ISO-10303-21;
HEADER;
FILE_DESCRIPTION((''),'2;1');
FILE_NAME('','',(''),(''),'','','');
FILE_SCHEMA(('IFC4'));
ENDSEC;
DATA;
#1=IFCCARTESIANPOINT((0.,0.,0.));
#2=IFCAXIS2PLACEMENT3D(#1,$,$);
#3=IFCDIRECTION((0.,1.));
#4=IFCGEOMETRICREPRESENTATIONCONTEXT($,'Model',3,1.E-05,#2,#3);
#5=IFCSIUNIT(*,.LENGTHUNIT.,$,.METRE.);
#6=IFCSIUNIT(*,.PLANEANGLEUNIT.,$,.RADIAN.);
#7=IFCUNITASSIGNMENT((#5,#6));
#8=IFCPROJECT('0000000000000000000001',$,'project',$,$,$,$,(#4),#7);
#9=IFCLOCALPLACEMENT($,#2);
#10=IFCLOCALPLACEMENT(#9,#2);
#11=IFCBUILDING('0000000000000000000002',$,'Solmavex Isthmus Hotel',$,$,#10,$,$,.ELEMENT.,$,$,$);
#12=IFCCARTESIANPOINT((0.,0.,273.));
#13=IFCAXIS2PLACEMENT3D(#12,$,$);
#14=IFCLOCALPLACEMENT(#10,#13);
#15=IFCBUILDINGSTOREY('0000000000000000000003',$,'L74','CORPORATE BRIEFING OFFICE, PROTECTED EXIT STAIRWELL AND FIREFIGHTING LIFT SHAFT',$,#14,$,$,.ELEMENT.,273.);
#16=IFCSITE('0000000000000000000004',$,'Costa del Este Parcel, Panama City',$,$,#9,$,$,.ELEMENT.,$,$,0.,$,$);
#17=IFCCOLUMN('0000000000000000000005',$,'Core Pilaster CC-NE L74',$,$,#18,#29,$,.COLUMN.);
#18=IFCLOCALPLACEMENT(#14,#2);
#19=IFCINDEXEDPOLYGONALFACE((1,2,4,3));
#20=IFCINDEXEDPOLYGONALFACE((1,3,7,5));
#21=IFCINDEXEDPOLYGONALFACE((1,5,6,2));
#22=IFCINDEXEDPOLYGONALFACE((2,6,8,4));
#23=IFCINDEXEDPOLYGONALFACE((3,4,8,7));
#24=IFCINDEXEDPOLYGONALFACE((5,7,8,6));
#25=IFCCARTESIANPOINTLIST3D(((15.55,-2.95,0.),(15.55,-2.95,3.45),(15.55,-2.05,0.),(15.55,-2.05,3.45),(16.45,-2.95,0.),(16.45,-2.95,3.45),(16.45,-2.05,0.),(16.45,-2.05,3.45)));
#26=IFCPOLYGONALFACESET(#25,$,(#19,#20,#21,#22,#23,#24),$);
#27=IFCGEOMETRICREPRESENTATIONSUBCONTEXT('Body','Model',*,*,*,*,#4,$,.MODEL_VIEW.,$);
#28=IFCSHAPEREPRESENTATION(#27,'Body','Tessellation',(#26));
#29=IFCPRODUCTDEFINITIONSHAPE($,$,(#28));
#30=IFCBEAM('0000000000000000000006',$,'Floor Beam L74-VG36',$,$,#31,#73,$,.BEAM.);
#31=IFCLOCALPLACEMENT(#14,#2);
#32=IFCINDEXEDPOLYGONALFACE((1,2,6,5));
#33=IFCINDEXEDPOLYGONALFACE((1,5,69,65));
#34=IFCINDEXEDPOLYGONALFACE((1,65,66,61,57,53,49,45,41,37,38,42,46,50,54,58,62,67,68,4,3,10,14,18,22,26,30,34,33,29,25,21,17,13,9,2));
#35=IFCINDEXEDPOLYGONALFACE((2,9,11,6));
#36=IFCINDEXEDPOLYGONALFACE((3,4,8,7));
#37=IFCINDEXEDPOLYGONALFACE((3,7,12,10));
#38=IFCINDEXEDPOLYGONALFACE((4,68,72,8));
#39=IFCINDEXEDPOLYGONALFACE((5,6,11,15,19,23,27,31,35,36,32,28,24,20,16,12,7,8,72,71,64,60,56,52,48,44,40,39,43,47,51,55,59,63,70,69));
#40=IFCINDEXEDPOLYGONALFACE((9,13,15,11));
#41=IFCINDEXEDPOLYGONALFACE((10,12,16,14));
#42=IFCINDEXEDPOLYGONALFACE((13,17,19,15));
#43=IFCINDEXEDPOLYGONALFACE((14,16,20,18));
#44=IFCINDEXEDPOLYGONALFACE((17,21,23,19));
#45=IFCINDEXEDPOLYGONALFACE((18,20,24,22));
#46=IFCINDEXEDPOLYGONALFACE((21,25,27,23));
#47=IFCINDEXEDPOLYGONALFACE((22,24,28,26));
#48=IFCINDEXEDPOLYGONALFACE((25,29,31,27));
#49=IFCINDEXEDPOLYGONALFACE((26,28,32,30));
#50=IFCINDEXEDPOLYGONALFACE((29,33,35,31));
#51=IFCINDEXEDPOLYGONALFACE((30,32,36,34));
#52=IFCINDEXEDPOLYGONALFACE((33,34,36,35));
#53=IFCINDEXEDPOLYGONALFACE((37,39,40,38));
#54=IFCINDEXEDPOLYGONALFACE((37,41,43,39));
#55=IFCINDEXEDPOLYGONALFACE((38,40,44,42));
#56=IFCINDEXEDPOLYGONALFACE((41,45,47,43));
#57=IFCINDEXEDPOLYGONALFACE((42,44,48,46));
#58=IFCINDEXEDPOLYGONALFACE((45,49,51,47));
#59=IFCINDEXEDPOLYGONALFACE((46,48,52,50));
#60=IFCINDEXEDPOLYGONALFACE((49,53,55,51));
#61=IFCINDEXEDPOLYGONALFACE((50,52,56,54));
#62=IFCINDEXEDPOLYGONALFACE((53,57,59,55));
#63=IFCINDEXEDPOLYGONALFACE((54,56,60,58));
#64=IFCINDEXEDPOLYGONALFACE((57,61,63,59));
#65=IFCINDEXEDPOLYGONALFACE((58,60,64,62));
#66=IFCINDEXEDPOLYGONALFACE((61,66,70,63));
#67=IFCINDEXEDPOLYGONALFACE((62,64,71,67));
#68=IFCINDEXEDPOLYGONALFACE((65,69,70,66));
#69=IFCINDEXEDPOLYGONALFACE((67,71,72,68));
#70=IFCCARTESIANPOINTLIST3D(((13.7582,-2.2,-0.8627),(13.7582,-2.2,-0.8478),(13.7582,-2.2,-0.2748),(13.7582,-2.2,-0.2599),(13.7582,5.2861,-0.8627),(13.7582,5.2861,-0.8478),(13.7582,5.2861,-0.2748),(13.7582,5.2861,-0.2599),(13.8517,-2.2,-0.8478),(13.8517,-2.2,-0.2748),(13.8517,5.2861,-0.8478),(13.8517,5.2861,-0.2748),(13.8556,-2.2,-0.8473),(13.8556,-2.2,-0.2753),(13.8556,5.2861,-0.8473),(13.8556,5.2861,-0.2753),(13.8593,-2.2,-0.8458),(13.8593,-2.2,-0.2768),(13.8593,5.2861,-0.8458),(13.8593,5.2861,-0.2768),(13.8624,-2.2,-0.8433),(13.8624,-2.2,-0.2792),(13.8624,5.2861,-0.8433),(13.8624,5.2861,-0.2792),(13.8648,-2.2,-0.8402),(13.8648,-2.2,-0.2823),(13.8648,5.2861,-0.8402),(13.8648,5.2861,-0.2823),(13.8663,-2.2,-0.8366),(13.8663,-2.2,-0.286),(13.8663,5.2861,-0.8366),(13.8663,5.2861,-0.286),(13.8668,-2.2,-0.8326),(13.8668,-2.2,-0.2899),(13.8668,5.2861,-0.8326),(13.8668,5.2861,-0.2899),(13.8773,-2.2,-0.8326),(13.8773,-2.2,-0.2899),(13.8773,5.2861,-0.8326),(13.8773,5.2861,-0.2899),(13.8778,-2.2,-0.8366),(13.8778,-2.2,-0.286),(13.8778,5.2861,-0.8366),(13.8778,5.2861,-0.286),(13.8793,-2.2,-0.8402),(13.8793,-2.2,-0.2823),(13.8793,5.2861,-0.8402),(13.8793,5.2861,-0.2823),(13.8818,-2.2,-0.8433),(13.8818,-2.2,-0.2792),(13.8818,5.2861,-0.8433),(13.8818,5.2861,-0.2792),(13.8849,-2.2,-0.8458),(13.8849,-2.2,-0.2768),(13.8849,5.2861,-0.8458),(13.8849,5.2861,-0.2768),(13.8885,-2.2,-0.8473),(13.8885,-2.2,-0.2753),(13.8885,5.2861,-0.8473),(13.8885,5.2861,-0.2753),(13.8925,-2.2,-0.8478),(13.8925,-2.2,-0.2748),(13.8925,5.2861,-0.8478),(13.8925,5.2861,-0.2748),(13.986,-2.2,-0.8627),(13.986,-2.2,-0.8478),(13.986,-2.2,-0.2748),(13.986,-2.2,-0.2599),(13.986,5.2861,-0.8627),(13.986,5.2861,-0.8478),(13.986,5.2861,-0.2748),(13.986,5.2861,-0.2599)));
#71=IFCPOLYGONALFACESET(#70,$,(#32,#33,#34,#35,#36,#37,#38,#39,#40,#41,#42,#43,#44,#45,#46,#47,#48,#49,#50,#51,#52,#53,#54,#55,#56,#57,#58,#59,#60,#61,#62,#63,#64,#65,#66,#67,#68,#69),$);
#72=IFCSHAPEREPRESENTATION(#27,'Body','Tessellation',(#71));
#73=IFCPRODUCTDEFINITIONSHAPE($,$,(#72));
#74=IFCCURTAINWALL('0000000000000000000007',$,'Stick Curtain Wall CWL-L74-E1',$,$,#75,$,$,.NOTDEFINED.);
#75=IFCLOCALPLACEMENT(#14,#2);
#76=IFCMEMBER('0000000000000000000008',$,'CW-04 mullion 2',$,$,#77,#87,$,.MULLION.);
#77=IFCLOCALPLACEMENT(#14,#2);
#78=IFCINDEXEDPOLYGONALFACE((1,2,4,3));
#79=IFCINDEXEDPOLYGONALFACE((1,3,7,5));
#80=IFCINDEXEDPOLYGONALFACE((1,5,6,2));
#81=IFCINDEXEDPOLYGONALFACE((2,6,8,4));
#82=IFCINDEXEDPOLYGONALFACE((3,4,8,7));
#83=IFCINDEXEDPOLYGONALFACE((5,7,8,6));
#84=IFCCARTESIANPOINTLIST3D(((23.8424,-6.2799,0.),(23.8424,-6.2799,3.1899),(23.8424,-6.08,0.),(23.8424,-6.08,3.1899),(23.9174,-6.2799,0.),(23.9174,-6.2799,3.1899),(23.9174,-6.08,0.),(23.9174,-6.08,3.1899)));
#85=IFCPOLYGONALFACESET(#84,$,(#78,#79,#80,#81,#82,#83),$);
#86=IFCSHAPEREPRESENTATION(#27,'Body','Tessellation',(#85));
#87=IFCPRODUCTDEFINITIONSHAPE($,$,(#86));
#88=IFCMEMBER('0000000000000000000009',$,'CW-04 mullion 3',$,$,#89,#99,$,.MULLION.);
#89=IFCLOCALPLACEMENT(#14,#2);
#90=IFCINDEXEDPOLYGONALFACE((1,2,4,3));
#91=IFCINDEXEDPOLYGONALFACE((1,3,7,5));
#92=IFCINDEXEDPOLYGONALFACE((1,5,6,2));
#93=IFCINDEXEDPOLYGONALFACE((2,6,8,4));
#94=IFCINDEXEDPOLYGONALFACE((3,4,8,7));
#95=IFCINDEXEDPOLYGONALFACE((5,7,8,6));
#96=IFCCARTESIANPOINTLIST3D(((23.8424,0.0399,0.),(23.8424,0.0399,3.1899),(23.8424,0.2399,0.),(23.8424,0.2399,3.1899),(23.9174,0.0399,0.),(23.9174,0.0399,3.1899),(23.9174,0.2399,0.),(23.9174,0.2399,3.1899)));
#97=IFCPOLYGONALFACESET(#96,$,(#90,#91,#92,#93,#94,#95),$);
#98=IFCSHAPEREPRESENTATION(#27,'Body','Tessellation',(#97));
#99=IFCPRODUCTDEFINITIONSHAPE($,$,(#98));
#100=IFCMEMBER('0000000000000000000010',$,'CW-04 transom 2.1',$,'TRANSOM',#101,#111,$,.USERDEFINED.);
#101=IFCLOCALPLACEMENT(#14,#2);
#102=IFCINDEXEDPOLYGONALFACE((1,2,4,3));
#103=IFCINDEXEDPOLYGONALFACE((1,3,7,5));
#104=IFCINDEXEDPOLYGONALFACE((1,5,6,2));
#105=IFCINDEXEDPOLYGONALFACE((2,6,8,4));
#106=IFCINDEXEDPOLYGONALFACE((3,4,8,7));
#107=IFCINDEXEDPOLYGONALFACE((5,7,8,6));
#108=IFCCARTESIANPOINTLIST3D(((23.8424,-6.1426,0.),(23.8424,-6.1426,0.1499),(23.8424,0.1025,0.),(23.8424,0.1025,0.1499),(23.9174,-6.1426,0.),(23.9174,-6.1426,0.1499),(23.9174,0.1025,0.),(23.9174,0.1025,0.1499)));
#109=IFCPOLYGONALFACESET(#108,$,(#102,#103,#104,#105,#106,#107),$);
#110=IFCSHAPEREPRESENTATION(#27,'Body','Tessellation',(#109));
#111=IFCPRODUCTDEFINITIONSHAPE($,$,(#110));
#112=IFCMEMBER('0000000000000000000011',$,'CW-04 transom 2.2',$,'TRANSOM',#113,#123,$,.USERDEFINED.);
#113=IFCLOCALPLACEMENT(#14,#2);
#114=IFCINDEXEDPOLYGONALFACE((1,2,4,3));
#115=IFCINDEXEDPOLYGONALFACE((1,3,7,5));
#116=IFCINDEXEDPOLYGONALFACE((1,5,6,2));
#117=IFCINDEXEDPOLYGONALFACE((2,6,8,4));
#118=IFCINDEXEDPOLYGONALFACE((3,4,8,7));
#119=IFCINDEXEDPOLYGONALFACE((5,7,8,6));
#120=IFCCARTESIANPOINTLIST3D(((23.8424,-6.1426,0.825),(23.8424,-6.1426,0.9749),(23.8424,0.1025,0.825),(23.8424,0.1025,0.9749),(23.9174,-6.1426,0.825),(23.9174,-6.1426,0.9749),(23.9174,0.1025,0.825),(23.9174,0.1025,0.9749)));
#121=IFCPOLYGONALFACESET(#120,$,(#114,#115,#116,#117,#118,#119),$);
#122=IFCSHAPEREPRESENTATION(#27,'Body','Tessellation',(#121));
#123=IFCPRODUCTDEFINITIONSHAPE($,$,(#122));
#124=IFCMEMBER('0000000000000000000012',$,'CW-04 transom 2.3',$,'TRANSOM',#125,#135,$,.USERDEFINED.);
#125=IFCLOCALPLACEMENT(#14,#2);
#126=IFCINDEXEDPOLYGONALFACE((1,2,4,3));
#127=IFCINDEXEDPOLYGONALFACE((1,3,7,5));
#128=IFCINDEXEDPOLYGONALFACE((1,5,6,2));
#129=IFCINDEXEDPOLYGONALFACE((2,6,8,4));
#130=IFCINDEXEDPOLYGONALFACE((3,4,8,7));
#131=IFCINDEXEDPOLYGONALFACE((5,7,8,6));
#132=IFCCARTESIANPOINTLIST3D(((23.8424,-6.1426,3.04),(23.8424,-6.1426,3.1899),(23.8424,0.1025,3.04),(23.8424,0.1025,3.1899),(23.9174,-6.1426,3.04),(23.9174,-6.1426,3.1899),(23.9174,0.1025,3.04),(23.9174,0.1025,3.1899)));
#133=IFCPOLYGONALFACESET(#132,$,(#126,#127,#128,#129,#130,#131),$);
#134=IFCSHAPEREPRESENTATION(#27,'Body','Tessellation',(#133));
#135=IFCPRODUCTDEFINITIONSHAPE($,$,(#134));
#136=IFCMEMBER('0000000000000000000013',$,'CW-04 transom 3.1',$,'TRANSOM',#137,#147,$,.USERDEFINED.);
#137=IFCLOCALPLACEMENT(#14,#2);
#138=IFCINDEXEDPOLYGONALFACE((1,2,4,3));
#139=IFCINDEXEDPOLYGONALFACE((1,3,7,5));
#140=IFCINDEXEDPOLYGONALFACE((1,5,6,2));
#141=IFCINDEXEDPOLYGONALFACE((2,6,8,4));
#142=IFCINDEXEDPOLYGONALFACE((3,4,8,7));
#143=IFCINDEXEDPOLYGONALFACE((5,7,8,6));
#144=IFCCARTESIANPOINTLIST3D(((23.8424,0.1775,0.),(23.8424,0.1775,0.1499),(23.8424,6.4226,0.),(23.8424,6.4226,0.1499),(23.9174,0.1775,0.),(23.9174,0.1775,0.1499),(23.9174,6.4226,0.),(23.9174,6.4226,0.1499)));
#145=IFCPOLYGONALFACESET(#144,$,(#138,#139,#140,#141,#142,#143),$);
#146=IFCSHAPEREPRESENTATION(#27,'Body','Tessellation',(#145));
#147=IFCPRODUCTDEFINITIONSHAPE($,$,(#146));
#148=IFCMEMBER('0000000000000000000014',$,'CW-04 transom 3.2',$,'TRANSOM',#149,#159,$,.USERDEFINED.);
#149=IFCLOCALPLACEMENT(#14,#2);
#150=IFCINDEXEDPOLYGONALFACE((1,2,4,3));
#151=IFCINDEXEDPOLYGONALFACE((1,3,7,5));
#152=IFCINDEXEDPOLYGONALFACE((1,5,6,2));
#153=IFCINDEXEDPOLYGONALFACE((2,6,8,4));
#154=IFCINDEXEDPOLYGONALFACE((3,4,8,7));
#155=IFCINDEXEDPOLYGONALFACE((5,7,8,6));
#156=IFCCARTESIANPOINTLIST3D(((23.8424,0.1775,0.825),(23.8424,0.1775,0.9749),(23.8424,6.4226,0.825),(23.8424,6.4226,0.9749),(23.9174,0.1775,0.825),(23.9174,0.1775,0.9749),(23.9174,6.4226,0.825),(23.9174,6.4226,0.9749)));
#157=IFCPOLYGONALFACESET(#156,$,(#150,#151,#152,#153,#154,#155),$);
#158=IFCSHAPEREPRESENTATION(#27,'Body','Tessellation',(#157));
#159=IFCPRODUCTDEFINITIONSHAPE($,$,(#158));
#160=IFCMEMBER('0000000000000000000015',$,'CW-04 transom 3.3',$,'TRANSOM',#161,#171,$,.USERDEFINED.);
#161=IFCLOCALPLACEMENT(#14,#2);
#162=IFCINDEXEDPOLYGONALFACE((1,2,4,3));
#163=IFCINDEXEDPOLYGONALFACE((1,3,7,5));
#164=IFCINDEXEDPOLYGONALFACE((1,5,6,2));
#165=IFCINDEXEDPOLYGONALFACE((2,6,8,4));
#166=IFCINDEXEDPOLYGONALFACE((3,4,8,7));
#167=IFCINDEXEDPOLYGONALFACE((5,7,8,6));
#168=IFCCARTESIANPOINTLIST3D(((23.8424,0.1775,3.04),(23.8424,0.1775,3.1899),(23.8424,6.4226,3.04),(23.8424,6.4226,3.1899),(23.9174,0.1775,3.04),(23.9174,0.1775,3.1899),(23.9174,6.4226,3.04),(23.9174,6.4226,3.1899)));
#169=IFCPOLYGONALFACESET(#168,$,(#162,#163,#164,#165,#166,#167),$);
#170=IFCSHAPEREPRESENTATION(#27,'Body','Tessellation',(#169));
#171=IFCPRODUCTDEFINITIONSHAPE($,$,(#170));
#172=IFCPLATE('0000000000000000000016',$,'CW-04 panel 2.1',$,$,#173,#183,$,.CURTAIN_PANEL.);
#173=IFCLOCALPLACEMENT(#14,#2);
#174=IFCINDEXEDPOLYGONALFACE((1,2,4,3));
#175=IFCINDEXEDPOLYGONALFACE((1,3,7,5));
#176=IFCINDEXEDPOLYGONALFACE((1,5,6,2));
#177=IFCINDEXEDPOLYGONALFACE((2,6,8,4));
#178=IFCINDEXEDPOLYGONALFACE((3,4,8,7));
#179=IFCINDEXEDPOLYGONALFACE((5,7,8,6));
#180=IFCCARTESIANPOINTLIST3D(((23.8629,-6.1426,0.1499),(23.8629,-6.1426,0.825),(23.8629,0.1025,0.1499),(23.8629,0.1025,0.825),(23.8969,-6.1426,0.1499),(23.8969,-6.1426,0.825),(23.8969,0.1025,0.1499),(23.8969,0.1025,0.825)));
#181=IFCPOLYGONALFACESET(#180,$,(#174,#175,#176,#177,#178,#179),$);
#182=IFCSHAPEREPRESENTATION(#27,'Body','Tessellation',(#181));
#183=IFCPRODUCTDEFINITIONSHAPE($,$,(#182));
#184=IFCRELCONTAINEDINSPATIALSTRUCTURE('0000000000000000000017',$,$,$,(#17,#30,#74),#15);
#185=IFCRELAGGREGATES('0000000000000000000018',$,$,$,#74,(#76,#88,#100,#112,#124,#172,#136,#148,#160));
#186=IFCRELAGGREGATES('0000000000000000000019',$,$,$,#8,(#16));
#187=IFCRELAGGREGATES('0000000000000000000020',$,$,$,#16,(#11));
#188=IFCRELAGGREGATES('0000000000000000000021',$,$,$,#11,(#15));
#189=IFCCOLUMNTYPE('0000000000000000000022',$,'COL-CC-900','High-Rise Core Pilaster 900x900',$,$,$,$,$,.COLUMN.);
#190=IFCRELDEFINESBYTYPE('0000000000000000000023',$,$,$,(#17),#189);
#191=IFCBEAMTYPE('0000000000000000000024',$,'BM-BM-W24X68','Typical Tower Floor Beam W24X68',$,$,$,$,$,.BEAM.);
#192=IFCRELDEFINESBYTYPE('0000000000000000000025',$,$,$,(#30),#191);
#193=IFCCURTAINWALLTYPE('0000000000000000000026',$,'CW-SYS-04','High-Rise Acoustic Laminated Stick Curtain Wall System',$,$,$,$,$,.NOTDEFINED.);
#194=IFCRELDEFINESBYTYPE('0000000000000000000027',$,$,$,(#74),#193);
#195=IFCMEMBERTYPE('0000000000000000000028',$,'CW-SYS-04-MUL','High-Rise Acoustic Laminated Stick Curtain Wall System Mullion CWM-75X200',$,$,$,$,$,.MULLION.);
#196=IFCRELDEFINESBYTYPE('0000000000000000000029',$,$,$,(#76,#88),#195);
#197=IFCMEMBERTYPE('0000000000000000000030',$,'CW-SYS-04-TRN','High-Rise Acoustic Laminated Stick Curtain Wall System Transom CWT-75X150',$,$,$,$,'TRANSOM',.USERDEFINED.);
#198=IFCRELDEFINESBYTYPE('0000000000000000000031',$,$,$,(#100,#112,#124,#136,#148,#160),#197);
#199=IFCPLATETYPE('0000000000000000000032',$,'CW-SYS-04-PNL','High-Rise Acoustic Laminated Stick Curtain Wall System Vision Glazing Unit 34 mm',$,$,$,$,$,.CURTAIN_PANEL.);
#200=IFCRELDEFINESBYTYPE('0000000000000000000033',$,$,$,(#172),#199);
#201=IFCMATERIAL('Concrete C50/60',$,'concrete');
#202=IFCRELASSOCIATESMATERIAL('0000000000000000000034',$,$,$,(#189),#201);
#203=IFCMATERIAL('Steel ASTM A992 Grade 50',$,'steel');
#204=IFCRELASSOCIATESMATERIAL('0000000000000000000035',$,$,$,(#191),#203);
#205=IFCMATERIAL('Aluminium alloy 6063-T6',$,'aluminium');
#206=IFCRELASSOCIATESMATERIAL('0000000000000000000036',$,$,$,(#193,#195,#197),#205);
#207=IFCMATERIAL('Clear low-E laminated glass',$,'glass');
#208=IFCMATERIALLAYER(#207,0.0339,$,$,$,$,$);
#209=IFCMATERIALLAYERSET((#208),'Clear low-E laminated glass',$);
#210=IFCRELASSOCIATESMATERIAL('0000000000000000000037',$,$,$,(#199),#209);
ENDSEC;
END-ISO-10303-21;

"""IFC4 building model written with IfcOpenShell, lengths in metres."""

from ifc_helpers import new_model, si_unit, direction, frame, origin, origin_2d, place, context, subcontext, project, spatial, rectangle, i_section, extrude, material, layer, layer_set, material_profile, profile_set, type_object, element, aggregate, save


model = new_model("IFC4")

# Units and contexts
model_context = context("Model", 3, precision=1e-05, world=origin(), true_north=direction((0.0, 1.0)))
body_context = subcontext(model_context, "Body", "Model", "MODEL_VIEW")
ifc_project = project(units=[si_unit("LENGTHUNIT", "METRE"), si_unit("PLANEANGLEUNIT", "RADIAN")], contexts=[model_context])

# Site, building, storey
site_placement = place(None, origin())
site = spatial("IfcSite", under=ifc_project, at=site_placement, Name="Costa del Este Parcel, Panama City", CompositionType="ELEMENT", RefElevation=0.0)
building_placement = place(site_placement, origin())
building = spatial("IfcBuilding", under=site, at=building_placement, Name="Solmavex Isthmus Hotel", CompositionType="ELEMENT")
storey_placement = place(building_placement, frame((0.0, 0.0, 273.0)))
storey = spatial("IfcBuildingStorey", under=building, at=storey_placement, Name="L74", Description="CORPORATE BRIEFING OFFICE, PROTECTED EXIT STAIRWELL AND FIREFIGHTING LIFT SHAFT", CompositionType="ELEMENT", Elevation=273.0)

# Column
ifc_material_1 = material(Name="Concrete C50/60", Category="concrete")
ifc_material_profile_1 = material_profile(ifc_material_1, rectangle(XDim=0.8999, YDim=0.8999, at=origin_2d()), Name="RC900X900")
ifc_profile_set_1 = profile_set([ifc_material_profile_1], Name="Concrete C50/60")
column_type = type_object("IfcColumnType", Name="COL-CC-900", Description="High-Rise Core Pilaster 900x900", PredefinedType="COLUMN", material=ifc_profile_set_1)
column_placement = place(storey_placement, frame((16.0, -2.5, 0.0), z_axis=(0.0, 0.0, 1.0), x_axis=(1.0, 0.0, 0.0)))
element("IfcColumn", 1, at=column_placement, inside=storey, type_object=column_type, Name="Core Pilaster CC-NE L74", PredefinedType="COLUMN", context=body_context, shape_type="SweptSolid", body=[
    extrude(rectangle(XDim=0.8999, YDim=0.8999, at=origin_2d()), origin(), (0.0, 0.0, 1.0), 3.45),
])

# Beam
ifc_material_2 = material(Name="Steel ASTM A992 Grade 50", Category="steel")
ifc_material_profile_2 = material_profile(ifc_material_2, i_section(OverallWidth=0.2278, OverallDepth=0.6028, WebThickness=0.0105, FlangeThickness=0.0149, FilletRadius=0.0151, at=origin_2d()), Name="W24X68")
ifc_profile_set_2 = profile_set([ifc_material_profile_2], Name="Steel ASTM A992 Grade 50")
beam_type = type_object("IfcBeamType", Name="BM-BM-W24X68", Description="Typical Tower Floor Beam W24X68", PredefinedType="BEAM", material=ifc_profile_set_2)
beam_placement = place(storey_placement, frame((13.8721, -2.2, -0.5613), z_axis=(0.0, 1.0, 0.0), x_axis=(-1.0, 0.0, 0.0)))
element("IfcBeam", 2, at=beam_placement, inside=storey, type_object=beam_type, Name="Floor Beam L74-VG36", PredefinedType="BEAM", context=body_context, shape_type="SweptSolid", body=[
    extrude(i_section(OverallWidth=0.2278, OverallDepth=0.6028, WebThickness=0.0105, FlangeThickness=0.0149, FilletRadius=0.0151, at=origin_2d()), origin(), (0.0, 0.0, 1.0), 7.4861),
])

# Curtain wall, members, plate
ifc_material_3 = material(Name="Aluminium alloy 6063-T6", Category="aluminium")
curtain_wall_type = type_object("IfcCurtainWallType", Name="CW-SYS-04", Description="High-Rise Acoustic Laminated Stick Curtain Wall System", PredefinedType="NOTDEFINED", material=ifc_material_3)
curtain_wall_placement = place(storey_placement, origin())
curtain_wall = element("IfcCurtainWall", 3, at=curtain_wall_placement, inside=storey, type_object=curtain_wall_type, Name="Stick Curtain Wall CWL-L74-E1", PredefinedType="NOTDEFINED")
ifc_material_profile_3 = material_profile(ifc_material_3, rectangle(XDim=0.075, YDim=0.2, at=origin_2d()), Name="CWM-75X200")
ifc_profile_set_3 = profile_set([ifc_material_profile_3], Name="Aluminium alloy 6063-T6")
member_type_1 = type_object("IfcMemberType", Name="CW-SYS-04-MUL", Description="High-Rise Acoustic Laminated Stick Curtain Wall System Mullion CWM-75X200", PredefinedType="MULLION", material=ifc_profile_set_3)
member_1_placement = place(storey_placement, frame((23.8799, -6.1799, 0.0), z_axis=(0.0, 0.0, 1.0), x_axis=(-1.0, 0.0, 0.0)))
member_1 = element("IfcMember", 4, at=member_1_placement, type_object=member_type_1, Name="CW-04 mullion 2", PredefinedType="MULLION", context=body_context, shape_type="SweptSolid", body=[
    extrude(rectangle(XDim=0.075, YDim=0.2, at=origin_2d()), origin(), (0.0, 0.0, 1.0), 3.1899),
])
member_2_placement = place(storey_placement, frame((23.8799, 0.1399, 0.0), z_axis=(0.0, 0.0, 1.0), x_axis=(-1.0, 0.0, 0.0)))
member_2 = element("IfcMember", 5, at=member_2_placement, type_object=member_type_1, Name="CW-04 mullion 3", PredefinedType="MULLION", context=body_context, shape_type="SweptSolid", body=[
    extrude(rectangle(XDim=0.075, YDim=0.2, at=origin_2d()), origin(), (0.0, 0.0, 1.0), 3.1899),
])
ifc_material_profile_4 = material_profile(ifc_material_3, rectangle(XDim=0.075, YDim=0.1499, at=origin_2d()), Name="CWT-75X150")
ifc_profile_set_4 = profile_set([ifc_material_profile_4], Name="Aluminium alloy 6063-T6")
member_type_2 = type_object("IfcMemberType", Name="CW-SYS-04-TRN", Description="High-Rise Acoustic Laminated Stick Curtain Wall System Transom CWT-75X150", ElementType="TRANSOM", PredefinedType="USERDEFINED", material=ifc_profile_set_4)
member_3_placement = place(storey_placement, frame((23.8799, -6.1426, 0.075), z_axis=(0.0, 1.0, 0.0), x_axis=(-1.0, 0.0, 0.0)))
member_3 = element("IfcMember", 6, at=member_3_placement, type_object=member_type_2, Name="CW-04 transom 2.1", ObjectType="TRANSOM", PredefinedType="USERDEFINED", context=body_context, shape_type="SweptSolid", body=[
    extrude(rectangle(XDim=0.075, YDim=0.1499, at=origin_2d()), origin(), (0.0, 0.0, 1.0), 6.2451),
])
member_4_placement = place(storey_placement, frame((23.8799, -6.1426, 0.8999), z_axis=(0.0, 1.0, 0.0), x_axis=(-1.0, 0.0, 0.0)))
member_4 = element("IfcMember", 7, at=member_4_placement, type_object=member_type_2, Name="CW-04 transom 2.2", ObjectType="TRANSOM", PredefinedType="USERDEFINED", context=body_context, shape_type="SweptSolid", body=[
    extrude(rectangle(XDim=0.075, YDim=0.1499, at=origin_2d()), origin(), (0.0, 0.0, 1.0), 6.2451),
])
member_5_placement = place(storey_placement, frame((23.8799, -6.1426, 3.115), z_axis=(0.0, 1.0, 0.0), x_axis=(-1.0, 0.0, 0.0)))
member_5 = element("IfcMember", 8, at=member_5_placement, type_object=member_type_2, Name="CW-04 transom 2.3", ObjectType="TRANSOM", PredefinedType="USERDEFINED", context=body_context, shape_type="SweptSolid", body=[
    extrude(rectangle(XDim=0.075, YDim=0.1499, at=origin_2d()), origin(), (0.0, 0.0, 1.0), 6.2451),
])
member_6_placement = place(storey_placement, frame((23.8799, 0.1775, 0.075), z_axis=(0.0, 1.0, 0.0), x_axis=(-1.0, 0.0, 0.0)))
member_6 = element("IfcMember", 9, at=member_6_placement, type_object=member_type_2, Name="CW-04 transom 3.1", ObjectType="TRANSOM", PredefinedType="USERDEFINED", context=body_context, shape_type="SweptSolid", body=[
    extrude(rectangle(XDim=0.075, YDim=0.1499, at=origin_2d()), origin(), (0.0, 0.0, 1.0), 6.2451),
])
member_7_placement = place(storey_placement, frame((23.8799, 0.1775, 0.8999), z_axis=(0.0, 1.0, 0.0), x_axis=(-1.0, 0.0, 0.0)))
member_7 = element("IfcMember", 10, at=member_7_placement, type_object=member_type_2, Name="CW-04 transom 3.2", ObjectType="TRANSOM", PredefinedType="USERDEFINED", context=body_context, shape_type="SweptSolid", body=[
    extrude(rectangle(XDim=0.075, YDim=0.1499, at=origin_2d()), origin(), (0.0, 0.0, 1.0), 6.2451),
])
member_8_placement = place(storey_placement, frame((23.8799, 0.1775, 3.115), z_axis=(0.0, 1.0, 0.0), x_axis=(-1.0, 0.0, 0.0)))
member_8 = element("IfcMember", 11, at=member_8_placement, type_object=member_type_2, Name="CW-04 transom 3.3", ObjectType="TRANSOM", PredefinedType="USERDEFINED", context=body_context, shape_type="SweptSolid", body=[
    extrude(rectangle(XDim=0.075, YDim=0.1499, at=origin_2d()), origin(), (0.0, 0.0, 1.0), 6.2451),
])
ifc_material_4 = material(Name="Clear low-E laminated glass", Category="glass")
ifc_layer_1 = layer(ifc_material_4, 0.0339)
ifc_layer_set_1 = layer_set([ifc_layer_1], Name="Clear low-E laminated glass")
plate_type = type_object("IfcPlateType", Name="CW-SYS-04-PNL", Description="High-Rise Acoustic Laminated Stick Curtain Wall System Vision Glazing Unit 34 mm", PredefinedType="CURTAIN_PANEL", material=ifc_layer_set_1)
plate_1_placement = place(storey_placement, frame((23.8799, -3.02, 0.1499), z_axis=(0.0, 0.0, 1.0), x_axis=(0.0, 1.0, 0.0)))
plate_1 = element("IfcPlate", 12, at=plate_1_placement, type_object=plate_type, Name="CW-04 panel 2.1", PredefinedType="CURTAIN_PANEL", context=body_context, shape_type="SweptSolid", body=[
    extrude(rectangle(XDim=6.2451, YDim=0.0339, at=origin_2d()), origin(), (0.0, 0.0, 1.0), 0.675),
])
aggregate(curtain_wall, [member_1, member_2, member_3, member_4, member_5, plate_1, member_6, member_7, member_8])

save(model, "model.ifc")
